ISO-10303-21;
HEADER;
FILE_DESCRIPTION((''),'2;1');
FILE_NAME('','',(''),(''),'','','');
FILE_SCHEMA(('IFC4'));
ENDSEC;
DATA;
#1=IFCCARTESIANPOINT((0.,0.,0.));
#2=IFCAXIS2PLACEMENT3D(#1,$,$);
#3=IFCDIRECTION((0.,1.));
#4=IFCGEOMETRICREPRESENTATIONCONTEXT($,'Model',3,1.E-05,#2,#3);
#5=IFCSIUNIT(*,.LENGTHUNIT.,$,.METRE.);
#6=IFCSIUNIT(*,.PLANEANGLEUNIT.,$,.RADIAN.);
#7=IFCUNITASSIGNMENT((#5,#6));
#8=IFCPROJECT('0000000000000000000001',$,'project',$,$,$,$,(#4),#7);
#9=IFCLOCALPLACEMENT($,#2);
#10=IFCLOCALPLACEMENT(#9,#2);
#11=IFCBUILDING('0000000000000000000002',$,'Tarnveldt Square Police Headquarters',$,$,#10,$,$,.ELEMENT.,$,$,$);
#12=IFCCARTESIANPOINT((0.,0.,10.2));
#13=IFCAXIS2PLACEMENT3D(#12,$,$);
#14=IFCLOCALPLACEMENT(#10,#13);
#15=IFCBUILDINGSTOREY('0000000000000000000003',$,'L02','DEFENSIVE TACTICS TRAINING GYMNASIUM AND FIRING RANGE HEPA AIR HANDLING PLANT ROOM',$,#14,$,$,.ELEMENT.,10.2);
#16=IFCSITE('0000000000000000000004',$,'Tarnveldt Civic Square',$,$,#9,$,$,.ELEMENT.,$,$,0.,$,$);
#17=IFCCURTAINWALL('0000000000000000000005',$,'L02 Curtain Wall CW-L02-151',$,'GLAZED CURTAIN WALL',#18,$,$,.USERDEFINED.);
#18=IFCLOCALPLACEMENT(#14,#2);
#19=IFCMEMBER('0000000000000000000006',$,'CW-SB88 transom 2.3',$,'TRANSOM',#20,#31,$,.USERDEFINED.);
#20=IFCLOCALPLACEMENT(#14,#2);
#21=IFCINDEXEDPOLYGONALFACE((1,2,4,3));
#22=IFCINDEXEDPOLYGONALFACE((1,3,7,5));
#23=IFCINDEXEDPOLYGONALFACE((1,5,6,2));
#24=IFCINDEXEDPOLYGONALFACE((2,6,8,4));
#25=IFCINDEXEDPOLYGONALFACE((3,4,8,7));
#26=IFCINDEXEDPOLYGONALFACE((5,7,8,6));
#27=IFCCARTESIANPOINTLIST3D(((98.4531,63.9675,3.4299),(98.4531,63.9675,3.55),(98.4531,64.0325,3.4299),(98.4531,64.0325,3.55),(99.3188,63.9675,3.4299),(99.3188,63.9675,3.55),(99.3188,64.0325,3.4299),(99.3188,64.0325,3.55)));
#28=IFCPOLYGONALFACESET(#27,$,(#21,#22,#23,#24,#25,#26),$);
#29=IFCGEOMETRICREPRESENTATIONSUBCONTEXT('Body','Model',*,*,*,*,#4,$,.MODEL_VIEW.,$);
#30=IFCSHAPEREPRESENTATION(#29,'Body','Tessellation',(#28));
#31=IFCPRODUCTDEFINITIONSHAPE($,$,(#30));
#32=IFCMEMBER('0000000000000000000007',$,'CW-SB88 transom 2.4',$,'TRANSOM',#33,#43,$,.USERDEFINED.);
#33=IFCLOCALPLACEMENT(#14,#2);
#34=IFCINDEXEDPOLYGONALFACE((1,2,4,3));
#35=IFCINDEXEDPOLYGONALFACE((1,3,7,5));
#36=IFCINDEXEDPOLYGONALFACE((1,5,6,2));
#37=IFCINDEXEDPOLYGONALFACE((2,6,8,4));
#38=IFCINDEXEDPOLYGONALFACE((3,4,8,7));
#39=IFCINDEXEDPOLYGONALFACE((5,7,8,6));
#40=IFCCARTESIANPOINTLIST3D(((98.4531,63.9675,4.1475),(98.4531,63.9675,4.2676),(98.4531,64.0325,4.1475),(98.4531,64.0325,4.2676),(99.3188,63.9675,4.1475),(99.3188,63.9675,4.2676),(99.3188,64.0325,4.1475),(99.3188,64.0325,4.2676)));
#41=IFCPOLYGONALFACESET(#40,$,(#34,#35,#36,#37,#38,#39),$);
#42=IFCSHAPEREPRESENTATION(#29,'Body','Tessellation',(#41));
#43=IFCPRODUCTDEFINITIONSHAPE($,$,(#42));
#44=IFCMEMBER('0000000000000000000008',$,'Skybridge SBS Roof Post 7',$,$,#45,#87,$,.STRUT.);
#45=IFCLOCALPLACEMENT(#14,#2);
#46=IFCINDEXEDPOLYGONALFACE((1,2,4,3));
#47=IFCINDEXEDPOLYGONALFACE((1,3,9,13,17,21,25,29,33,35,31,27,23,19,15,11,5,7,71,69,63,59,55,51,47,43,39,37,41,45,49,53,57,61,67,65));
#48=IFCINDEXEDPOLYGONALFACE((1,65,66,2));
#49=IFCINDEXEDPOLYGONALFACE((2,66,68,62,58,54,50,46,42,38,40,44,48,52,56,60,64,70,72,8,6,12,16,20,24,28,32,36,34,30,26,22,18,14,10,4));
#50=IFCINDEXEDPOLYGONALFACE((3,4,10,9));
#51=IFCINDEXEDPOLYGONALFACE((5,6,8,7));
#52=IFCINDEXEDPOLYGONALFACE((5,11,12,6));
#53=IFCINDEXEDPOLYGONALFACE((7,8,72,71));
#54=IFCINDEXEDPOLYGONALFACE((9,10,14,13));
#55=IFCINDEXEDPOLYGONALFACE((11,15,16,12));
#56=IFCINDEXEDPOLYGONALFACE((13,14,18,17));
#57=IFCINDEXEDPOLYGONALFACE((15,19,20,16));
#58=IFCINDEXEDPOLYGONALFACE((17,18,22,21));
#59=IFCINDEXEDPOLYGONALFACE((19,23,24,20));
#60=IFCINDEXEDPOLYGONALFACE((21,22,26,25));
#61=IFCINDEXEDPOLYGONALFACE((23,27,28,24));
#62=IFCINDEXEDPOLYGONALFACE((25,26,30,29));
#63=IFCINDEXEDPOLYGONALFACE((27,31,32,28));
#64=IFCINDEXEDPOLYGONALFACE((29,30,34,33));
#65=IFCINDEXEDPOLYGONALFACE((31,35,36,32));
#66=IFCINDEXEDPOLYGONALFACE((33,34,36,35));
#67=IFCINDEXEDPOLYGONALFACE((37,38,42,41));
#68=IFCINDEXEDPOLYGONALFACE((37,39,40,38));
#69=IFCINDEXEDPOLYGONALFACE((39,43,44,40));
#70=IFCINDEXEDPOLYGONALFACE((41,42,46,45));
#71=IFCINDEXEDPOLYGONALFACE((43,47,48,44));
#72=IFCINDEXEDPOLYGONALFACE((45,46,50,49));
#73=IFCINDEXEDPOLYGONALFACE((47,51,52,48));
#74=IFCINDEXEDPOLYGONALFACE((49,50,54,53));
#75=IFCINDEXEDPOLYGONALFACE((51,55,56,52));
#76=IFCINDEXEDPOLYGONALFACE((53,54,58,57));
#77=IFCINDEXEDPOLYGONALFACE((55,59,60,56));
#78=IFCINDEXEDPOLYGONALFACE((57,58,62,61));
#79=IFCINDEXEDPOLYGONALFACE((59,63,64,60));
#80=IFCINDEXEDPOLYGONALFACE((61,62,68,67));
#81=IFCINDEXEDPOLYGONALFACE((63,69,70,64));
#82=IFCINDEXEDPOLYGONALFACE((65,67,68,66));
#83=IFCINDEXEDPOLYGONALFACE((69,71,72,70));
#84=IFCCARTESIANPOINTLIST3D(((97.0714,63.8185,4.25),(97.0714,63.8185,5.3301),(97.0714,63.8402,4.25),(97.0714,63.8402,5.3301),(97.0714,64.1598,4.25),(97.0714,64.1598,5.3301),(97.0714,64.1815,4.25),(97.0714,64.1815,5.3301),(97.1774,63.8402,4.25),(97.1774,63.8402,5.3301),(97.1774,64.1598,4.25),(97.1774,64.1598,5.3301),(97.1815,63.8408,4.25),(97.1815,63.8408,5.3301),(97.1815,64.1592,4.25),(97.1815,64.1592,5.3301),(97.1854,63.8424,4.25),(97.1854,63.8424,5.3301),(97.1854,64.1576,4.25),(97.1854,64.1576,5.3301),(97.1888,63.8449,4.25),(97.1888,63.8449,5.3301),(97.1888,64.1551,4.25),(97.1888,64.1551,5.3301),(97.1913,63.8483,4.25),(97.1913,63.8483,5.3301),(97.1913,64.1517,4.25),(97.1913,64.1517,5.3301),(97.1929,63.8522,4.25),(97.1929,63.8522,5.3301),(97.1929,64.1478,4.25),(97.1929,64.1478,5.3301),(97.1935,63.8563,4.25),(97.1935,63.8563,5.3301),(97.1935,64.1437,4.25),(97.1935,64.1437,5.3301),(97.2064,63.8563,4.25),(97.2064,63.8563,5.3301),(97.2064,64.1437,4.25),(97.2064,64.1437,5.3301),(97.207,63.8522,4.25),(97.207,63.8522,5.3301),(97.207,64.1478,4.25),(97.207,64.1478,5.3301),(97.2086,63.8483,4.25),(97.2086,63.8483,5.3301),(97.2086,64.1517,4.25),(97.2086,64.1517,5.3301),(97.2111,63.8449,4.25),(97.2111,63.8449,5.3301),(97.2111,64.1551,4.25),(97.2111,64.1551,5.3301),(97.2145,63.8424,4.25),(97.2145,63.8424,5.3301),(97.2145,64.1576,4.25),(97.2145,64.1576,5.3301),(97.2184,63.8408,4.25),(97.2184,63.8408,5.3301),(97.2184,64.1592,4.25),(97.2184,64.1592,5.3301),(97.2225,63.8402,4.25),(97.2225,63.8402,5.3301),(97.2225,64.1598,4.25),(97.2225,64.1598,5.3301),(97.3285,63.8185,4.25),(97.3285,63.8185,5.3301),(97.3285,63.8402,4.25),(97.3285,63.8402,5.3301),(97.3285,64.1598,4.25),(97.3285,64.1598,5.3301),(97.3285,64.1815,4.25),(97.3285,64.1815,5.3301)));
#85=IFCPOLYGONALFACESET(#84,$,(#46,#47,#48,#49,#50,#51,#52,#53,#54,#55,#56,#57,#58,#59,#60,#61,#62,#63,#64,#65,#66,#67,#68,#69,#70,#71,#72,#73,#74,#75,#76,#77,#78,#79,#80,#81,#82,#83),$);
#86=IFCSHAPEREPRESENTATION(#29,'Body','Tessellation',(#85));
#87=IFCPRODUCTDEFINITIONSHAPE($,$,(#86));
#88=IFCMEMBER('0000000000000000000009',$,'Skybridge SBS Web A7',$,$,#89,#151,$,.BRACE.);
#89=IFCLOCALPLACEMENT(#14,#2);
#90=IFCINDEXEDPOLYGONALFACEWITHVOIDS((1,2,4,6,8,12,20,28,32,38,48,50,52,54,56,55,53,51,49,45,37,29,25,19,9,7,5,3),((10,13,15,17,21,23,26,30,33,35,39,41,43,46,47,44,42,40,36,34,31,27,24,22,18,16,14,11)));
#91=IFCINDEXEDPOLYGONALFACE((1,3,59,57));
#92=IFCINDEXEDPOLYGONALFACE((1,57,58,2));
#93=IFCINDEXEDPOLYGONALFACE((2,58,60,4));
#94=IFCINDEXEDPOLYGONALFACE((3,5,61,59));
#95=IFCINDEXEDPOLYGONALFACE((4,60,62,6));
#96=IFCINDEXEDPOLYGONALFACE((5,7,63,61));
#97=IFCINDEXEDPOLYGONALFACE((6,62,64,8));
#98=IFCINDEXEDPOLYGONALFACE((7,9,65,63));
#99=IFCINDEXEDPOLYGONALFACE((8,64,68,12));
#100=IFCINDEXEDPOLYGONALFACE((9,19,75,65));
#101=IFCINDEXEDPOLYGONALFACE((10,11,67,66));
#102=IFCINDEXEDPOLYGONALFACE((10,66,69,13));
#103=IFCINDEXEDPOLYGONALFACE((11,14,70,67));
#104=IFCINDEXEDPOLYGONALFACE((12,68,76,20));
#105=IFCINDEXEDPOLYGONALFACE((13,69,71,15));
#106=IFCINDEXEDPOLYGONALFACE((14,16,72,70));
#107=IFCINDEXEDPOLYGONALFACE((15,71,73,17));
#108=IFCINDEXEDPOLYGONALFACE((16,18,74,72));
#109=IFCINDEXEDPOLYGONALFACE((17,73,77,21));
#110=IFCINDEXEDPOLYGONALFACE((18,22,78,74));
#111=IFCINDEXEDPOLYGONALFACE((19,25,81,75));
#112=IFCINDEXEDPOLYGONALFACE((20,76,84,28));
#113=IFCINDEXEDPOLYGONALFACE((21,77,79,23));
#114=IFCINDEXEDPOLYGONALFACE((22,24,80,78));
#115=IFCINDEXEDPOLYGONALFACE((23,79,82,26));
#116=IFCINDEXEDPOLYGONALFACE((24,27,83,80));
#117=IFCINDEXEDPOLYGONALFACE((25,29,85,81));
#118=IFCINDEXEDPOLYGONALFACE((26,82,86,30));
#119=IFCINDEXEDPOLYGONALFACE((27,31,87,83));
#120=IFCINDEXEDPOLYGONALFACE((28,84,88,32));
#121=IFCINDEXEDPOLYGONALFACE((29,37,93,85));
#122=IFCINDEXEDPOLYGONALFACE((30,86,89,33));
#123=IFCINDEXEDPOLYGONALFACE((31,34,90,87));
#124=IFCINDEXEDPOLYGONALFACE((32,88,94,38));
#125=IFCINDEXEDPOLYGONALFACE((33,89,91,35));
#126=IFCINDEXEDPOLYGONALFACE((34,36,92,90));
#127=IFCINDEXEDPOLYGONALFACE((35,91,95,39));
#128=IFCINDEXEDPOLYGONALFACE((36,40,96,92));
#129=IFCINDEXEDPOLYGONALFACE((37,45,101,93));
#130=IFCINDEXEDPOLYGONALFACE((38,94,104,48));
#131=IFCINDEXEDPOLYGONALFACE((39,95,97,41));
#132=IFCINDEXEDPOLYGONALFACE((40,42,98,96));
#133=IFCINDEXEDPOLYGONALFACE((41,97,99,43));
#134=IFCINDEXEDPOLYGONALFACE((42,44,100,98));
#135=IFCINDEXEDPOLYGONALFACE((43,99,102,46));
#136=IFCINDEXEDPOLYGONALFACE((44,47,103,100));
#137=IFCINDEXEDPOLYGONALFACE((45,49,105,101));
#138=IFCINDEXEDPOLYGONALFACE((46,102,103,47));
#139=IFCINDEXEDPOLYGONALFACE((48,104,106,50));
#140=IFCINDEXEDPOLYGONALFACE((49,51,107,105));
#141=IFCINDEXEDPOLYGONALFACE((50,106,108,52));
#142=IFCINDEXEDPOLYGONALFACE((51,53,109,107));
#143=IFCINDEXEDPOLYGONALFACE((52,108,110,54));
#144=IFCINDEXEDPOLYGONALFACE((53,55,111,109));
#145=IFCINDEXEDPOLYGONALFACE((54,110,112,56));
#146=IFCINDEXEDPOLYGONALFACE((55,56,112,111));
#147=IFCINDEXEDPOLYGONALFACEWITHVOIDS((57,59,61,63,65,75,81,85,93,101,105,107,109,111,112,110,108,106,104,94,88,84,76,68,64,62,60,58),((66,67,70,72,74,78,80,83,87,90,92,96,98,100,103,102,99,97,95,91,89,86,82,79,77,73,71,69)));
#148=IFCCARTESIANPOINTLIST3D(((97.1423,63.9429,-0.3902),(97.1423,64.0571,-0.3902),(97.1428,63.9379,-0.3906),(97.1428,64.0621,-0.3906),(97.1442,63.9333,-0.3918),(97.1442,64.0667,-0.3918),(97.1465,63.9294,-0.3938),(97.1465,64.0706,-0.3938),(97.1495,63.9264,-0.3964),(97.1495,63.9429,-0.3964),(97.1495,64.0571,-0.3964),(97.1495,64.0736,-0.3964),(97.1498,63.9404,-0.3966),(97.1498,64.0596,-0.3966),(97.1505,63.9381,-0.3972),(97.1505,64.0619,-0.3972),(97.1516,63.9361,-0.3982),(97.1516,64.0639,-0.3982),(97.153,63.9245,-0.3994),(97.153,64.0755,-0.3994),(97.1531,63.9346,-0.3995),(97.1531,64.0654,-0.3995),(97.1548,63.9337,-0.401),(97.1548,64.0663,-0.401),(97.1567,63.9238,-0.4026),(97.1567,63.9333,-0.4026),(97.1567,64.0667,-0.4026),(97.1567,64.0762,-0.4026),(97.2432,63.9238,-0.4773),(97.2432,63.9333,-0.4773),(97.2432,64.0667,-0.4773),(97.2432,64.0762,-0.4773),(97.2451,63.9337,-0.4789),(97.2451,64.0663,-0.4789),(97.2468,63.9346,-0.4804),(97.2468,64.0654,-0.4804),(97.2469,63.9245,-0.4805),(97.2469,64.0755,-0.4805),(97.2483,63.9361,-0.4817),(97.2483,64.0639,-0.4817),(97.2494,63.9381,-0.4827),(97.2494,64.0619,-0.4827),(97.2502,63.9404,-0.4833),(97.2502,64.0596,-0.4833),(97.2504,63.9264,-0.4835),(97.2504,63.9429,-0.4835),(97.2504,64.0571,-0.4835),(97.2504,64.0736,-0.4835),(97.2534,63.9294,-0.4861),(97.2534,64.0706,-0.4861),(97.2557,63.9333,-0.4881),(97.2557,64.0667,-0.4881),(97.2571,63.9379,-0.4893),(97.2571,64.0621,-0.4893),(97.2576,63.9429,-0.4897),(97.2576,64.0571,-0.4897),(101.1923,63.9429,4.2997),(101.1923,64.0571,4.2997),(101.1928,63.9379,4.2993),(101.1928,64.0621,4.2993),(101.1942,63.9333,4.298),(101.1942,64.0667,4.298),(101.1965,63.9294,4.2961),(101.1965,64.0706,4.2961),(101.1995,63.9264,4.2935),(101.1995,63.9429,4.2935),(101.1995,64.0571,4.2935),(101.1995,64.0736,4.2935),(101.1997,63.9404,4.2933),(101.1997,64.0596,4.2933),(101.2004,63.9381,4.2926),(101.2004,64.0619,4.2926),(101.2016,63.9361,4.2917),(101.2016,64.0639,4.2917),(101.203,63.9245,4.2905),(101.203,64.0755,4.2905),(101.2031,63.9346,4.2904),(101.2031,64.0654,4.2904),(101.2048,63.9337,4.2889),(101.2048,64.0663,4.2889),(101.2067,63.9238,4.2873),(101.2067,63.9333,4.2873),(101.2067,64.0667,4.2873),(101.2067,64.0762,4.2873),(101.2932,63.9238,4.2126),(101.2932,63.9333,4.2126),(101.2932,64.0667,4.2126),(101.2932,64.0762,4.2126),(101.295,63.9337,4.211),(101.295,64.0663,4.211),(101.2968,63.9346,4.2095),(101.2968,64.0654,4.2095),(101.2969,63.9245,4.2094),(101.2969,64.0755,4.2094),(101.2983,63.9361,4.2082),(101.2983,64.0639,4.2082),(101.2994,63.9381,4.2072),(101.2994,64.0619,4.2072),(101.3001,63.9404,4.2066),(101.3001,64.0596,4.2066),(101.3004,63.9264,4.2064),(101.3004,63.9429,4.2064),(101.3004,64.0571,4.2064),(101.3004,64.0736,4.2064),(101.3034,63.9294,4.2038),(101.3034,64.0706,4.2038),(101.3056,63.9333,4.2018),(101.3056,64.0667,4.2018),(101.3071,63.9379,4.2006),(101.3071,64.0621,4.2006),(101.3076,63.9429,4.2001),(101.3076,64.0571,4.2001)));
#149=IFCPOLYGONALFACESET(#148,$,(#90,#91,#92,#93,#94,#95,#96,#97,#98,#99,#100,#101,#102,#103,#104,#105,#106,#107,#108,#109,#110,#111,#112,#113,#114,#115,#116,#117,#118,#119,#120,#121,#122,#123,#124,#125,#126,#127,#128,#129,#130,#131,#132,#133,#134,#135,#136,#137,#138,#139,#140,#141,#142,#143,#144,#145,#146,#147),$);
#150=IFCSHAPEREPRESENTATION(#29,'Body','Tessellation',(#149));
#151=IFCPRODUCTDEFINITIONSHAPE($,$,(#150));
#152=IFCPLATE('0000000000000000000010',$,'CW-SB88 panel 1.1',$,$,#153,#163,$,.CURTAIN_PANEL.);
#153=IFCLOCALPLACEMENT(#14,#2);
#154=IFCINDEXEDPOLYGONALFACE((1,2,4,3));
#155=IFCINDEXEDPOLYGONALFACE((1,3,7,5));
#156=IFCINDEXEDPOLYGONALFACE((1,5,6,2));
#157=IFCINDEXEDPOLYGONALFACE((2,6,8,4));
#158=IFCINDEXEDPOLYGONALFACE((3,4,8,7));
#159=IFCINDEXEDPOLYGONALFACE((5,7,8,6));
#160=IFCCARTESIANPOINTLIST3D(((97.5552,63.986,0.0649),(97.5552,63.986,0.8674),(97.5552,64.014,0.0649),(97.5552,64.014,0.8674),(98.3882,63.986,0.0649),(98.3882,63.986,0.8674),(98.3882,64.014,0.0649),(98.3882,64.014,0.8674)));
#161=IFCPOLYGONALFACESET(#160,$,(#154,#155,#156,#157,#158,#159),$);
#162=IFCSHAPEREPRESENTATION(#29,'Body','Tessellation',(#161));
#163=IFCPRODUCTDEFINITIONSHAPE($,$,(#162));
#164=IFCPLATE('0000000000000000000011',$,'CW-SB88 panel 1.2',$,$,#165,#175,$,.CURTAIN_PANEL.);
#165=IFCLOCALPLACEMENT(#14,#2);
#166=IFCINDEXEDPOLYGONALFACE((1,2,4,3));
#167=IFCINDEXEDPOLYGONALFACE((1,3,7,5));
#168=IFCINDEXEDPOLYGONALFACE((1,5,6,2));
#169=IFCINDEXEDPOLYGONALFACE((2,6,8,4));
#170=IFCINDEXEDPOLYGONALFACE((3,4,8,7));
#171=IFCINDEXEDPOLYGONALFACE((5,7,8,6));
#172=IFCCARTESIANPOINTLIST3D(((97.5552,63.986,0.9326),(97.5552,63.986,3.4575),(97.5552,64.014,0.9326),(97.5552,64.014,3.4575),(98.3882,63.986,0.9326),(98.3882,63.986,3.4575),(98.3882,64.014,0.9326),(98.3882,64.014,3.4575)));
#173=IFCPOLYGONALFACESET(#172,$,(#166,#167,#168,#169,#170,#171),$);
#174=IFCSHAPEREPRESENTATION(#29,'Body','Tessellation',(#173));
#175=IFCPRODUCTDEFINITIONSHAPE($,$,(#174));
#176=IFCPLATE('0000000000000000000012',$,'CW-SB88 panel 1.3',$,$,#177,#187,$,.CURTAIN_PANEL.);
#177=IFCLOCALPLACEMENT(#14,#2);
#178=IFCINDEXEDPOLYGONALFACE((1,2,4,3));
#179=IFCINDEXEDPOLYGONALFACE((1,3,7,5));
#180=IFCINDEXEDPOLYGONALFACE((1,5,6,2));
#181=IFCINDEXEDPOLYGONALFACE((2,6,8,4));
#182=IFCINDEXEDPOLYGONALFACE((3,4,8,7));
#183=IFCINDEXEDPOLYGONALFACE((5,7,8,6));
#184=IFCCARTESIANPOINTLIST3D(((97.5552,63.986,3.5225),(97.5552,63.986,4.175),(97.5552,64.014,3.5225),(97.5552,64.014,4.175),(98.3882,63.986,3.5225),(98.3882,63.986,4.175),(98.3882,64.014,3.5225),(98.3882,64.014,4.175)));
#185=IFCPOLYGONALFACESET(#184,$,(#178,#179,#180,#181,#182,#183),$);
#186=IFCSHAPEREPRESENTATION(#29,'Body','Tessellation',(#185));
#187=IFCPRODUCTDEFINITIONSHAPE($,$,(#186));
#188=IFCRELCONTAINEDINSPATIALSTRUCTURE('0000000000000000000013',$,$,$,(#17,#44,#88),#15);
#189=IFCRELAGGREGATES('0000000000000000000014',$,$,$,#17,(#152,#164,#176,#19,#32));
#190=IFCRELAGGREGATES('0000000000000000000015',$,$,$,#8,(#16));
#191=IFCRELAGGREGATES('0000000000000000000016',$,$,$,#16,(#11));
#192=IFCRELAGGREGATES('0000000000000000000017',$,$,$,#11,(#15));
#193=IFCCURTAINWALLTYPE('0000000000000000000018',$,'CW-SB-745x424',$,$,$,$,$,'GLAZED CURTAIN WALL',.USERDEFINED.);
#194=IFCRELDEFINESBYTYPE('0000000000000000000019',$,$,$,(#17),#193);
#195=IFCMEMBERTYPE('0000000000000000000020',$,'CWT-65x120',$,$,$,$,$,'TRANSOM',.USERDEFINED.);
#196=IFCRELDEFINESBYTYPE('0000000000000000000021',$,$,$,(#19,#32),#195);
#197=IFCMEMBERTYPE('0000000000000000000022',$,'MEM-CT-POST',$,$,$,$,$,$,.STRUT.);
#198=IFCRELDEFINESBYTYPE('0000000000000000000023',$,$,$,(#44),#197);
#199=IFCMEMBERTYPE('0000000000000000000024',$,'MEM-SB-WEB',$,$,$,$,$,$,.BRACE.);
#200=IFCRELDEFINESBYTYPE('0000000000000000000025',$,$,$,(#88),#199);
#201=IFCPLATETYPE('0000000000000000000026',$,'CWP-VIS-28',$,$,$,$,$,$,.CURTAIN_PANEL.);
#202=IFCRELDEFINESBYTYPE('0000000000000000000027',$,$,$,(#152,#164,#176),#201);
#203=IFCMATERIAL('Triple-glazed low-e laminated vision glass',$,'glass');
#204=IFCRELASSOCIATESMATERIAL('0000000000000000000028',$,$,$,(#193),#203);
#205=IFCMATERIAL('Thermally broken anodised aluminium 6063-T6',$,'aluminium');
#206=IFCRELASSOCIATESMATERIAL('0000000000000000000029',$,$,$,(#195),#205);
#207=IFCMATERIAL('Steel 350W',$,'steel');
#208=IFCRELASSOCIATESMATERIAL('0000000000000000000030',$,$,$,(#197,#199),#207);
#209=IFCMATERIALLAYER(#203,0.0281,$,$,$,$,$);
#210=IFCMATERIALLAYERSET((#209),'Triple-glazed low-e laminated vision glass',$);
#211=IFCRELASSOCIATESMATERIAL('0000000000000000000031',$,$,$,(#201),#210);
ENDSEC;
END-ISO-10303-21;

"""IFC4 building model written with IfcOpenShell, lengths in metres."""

from ifc_helpers import new_model, si_unit, direction, frame, origin, origin_2d, place, context, subcontext, project, spatial, rectangle, hollow_rectangle, i_section, extrude, material, layer, layer_set, material_profile, profile_set, type_object, element, aggregate, save


model = new_model("IFC4")

# Units and contexts
model_context = context("Model", 3, precision=1e-05, world=origin(), true_north=direction((0.0, 1.0)))
body_context = subcontext(model_context, "Body", "Model", "MODEL_VIEW")
ifc_project = project(units=[si_unit("LENGTHUNIT", "METRE"), si_unit("PLANEANGLEUNIT", "RADIAN")], contexts=[model_context])

# Site, building, storey
site_placement = place(None, origin())
site = spatial("IfcSite", under=ifc_project, at=site_placement, Name="Tarnveldt Civic Square", CompositionType="ELEMENT", RefElevation=0.0)
building_placement = place(site_placement, origin())
building = spatial("IfcBuilding", under=site, at=building_placement, Name="Tarnveldt Square Police Headquarters", CompositionType="ELEMENT")
storey_placement = place(building_placement, frame((0.0, 0.0, 10.2)))
storey = spatial("IfcBuildingStorey", under=building, at=storey_placement, Name="L02", Description="DEFENSIVE TACTICS TRAINING GYMNASIUM AND FIRING RANGE HEPA AIR HANDLING PLANT ROOM", CompositionType="ELEMENT", Elevation=10.2)

# Shared definitions
ifc_material_1 = material(Name="Steel 350W", Category="steel")

# Curtain wall, members
ifc_material_2 = material(Name="Triple-glazed low-e laminated vision glass", Category="glass")
curtain_wall_type = type_object("IfcCurtainWallType", Name="CW-SB-745x424", ElementType="GLAZED CURTAIN WALL", PredefinedType="USERDEFINED", material=ifc_material_2)
curtain_wall_placement = place(storey_placement, origin())
curtain_wall = element("IfcCurtainWall", 1, at=curtain_wall_placement, inside=storey, type_object=curtain_wall_type, Name="L02 Curtain Wall CW-L02-151", ObjectType="GLAZED CURTAIN WALL", PredefinedType="USERDEFINED")
ifc_material_3 = material(Name="Thermally broken anodised aluminium 6063-T6", Category="aluminium")
ifc_material_profile_1 = material_profile(ifc_material_3, rectangle(XDim=0.0649, YDim=0.1201, at=origin_2d()), Name="CW-T65x120")
ifc_profile_set_1 = profile_set([ifc_material_profile_1], Name="Thermally broken anodised aluminium 6063-T6")
member_type_1 = type_object("IfcMemberType", Name="CWT-65x120", ElementType="TRANSOM", PredefinedType="USERDEFINED", material=ifc_profile_set_1)
member_1_placement = place(storey_placement, frame((98.4531, 64.0, 3.49), z_axis=(1.0, 0.0, 0.0), x_axis=(0.0, 1.0, 0.0)))
member_1 = element("IfcMember", 2, at=member_1_placement, type_object=member_type_1, Name="CW-SB88 transom 2.3", ObjectType="TRANSOM", PredefinedType="USERDEFINED", context=body_context, shape_type="SweptSolid", body=[
    extrude(rectangle(XDim=0.0649, YDim=0.1201, at=origin_2d()), origin(), (0.0, 0.0, 1.0), 0.8657),
])
member_2_placement = place(storey_placement, frame((98.4531, 64.0, 4.2075), z_axis=(1.0, 0.0, 0.0), x_axis=(0.0, 1.0, 0.0)))
member_2 = element("IfcMember", 3, at=member_2_placement, type_object=member_type_1, Name="CW-SB88 transom 2.4", ObjectType="TRANSOM", PredefinedType="USERDEFINED", context=body_context, shape_type="SweptSolid", body=[
    extrude(rectangle(XDim=0.0649, YDim=0.1201, at=origin_2d()), origin(), (0.0, 0.0, 1.0), 0.8657),
])

# Members
ifc_material_profile_2 = material_profile(ifc_material_1, i_section(OverallWidth=0.2571, OverallDepth=0.363, WebThickness=0.0129, FlangeThickness=0.0217, FilletRadius=0.0161, at=origin_2d()), Name="W360x122")
ifc_profile_set_2 = profile_set([ifc_material_profile_2], Name="Steel 350W")
member_type_2 = type_object("IfcMemberType", Name="MEM-CT-POST", PredefinedType="STRUT", material=ifc_profile_set_2)
member_3_placement = place(storey_placement, frame((97.2, 64.0, 4.25), z_axis=(0.0, 0.0, 1.0), x_axis=(1.0, 0.0, 0.0)))
element("IfcMember", 4, at=member_3_placement, inside=storey, type_object=member_type_2, Name="Skybridge SBS Roof Post 7", PredefinedType="STRUT", context=body_context, shape_type="SweptSolid", body=[
    extrude(i_section(OverallWidth=0.2571, OverallDepth=0.363, WebThickness=0.0129, FlangeThickness=0.0217, FilletRadius=0.0161, at=origin_2d()), origin(), (0.0, 0.0, 1.0), 1.0801),
])
ifc_material_profile_3 = material_profile(ifc_material_1, hollow_rectangle(XDim=0.1523, YDim=0.1523, WallThickness=0.0095, InnerFilletRadius=0.0095, OuterFilletRadius=0.019, at=origin_2d()), Name="HSS152x152x9.5")
ifc_profile_set_3 = profile_set([ifc_material_profile_3], Name="Steel 350W")
member_type_3 = type_object("IfcMemberType", Name="MEM-SB-WEB", PredefinedType="BRACE", material=ifc_profile_set_3)
member_4_placement = place(storey_placement, frame((97.2, 64.0, -0.4399), z_axis=(0.653587, 0.0, 0.756851), x_axis=(0.0, 1.0, 0.0)))
element("IfcMember", 5, at=member_4_placement, inside=storey, type_object=member_type_3, Name="Skybridge SBS Web A7", PredefinedType="BRACE", context=body_context, shape_type="SweptSolid", body=[
    extrude(hollow_rectangle(XDim=0.1523, YDim=0.1523, WallThickness=0.0095, InnerFilletRadius=0.0095, OuterFilletRadius=0.019, at=origin_2d()), origin(), (0.0, 0.0, 1.0), 6.1965),
])

# Plates
ifc_layer = layer(ifc_material_2, 0.0281)
ifc_layer_set = layer_set([ifc_layer], Name="Triple-glazed low-e laminated vision glass")
plate_type = type_object("IfcPlateType", Name="CWP-VIS-28", PredefinedType="CURTAIN_PANEL", material=ifc_layer_set)
plate_1_placement = place(storey_placement, frame((97.9717, 64.0, 0.0649), z_axis=(0.0, 0.0, 1.0), x_axis=(1.0, 0.0, 0.0)))
plate_1 = element("IfcPlate", 6, at=plate_1_placement, type_object=plate_type, Name="CW-SB88 panel 1.1", PredefinedType="CURTAIN_PANEL", context=body_context, shape_type="SweptSolid", body=[
    extrude(rectangle(XDim=0.833, YDim=0.0281, at=origin_2d()), origin(), (0.0, 0.0, 1.0), 0.8025),
])
plate_2_placement = place(storey_placement, frame((97.9717, 64.0, 0.9326), z_axis=(0.0, 0.0, 1.0), x_axis=(1.0, 0.0, 0.0)))
plate_2 = element("IfcPlate", 7, at=plate_2_placement, type_object=plate_type, Name="CW-SB88 panel 1.2", PredefinedType="CURTAIN_PANEL", context=body_context, shape_type="SweptSolid", body=[
    extrude(rectangle(XDim=0.833, YDim=0.0281, at=origin_2d()), origin(), (0.0, 0.0, 1.0), 2.5249),
])
plate_3_placement = place(storey_placement, frame((97.9717, 64.0, 3.5225), z_axis=(0.0, 0.0, 1.0), x_axis=(1.0, 0.0, 0.0)))
plate_3 = element("IfcPlate", 8, at=plate_3_placement, type_object=plate_type, Name="CW-SB88 panel 1.3", PredefinedType="CURTAIN_PANEL", context=body_context, shape_type="SweptSolid", body=[
    extrude(rectangle(XDim=0.833, YDim=0.0281, at=origin_2d()), origin(), (0.0, 0.0, 1.0), 0.6526),
])
aggregate(curtain_wall, [plate_1, plate_2, plate_3, member_1, member_2])

save(model, "model.ifc")
